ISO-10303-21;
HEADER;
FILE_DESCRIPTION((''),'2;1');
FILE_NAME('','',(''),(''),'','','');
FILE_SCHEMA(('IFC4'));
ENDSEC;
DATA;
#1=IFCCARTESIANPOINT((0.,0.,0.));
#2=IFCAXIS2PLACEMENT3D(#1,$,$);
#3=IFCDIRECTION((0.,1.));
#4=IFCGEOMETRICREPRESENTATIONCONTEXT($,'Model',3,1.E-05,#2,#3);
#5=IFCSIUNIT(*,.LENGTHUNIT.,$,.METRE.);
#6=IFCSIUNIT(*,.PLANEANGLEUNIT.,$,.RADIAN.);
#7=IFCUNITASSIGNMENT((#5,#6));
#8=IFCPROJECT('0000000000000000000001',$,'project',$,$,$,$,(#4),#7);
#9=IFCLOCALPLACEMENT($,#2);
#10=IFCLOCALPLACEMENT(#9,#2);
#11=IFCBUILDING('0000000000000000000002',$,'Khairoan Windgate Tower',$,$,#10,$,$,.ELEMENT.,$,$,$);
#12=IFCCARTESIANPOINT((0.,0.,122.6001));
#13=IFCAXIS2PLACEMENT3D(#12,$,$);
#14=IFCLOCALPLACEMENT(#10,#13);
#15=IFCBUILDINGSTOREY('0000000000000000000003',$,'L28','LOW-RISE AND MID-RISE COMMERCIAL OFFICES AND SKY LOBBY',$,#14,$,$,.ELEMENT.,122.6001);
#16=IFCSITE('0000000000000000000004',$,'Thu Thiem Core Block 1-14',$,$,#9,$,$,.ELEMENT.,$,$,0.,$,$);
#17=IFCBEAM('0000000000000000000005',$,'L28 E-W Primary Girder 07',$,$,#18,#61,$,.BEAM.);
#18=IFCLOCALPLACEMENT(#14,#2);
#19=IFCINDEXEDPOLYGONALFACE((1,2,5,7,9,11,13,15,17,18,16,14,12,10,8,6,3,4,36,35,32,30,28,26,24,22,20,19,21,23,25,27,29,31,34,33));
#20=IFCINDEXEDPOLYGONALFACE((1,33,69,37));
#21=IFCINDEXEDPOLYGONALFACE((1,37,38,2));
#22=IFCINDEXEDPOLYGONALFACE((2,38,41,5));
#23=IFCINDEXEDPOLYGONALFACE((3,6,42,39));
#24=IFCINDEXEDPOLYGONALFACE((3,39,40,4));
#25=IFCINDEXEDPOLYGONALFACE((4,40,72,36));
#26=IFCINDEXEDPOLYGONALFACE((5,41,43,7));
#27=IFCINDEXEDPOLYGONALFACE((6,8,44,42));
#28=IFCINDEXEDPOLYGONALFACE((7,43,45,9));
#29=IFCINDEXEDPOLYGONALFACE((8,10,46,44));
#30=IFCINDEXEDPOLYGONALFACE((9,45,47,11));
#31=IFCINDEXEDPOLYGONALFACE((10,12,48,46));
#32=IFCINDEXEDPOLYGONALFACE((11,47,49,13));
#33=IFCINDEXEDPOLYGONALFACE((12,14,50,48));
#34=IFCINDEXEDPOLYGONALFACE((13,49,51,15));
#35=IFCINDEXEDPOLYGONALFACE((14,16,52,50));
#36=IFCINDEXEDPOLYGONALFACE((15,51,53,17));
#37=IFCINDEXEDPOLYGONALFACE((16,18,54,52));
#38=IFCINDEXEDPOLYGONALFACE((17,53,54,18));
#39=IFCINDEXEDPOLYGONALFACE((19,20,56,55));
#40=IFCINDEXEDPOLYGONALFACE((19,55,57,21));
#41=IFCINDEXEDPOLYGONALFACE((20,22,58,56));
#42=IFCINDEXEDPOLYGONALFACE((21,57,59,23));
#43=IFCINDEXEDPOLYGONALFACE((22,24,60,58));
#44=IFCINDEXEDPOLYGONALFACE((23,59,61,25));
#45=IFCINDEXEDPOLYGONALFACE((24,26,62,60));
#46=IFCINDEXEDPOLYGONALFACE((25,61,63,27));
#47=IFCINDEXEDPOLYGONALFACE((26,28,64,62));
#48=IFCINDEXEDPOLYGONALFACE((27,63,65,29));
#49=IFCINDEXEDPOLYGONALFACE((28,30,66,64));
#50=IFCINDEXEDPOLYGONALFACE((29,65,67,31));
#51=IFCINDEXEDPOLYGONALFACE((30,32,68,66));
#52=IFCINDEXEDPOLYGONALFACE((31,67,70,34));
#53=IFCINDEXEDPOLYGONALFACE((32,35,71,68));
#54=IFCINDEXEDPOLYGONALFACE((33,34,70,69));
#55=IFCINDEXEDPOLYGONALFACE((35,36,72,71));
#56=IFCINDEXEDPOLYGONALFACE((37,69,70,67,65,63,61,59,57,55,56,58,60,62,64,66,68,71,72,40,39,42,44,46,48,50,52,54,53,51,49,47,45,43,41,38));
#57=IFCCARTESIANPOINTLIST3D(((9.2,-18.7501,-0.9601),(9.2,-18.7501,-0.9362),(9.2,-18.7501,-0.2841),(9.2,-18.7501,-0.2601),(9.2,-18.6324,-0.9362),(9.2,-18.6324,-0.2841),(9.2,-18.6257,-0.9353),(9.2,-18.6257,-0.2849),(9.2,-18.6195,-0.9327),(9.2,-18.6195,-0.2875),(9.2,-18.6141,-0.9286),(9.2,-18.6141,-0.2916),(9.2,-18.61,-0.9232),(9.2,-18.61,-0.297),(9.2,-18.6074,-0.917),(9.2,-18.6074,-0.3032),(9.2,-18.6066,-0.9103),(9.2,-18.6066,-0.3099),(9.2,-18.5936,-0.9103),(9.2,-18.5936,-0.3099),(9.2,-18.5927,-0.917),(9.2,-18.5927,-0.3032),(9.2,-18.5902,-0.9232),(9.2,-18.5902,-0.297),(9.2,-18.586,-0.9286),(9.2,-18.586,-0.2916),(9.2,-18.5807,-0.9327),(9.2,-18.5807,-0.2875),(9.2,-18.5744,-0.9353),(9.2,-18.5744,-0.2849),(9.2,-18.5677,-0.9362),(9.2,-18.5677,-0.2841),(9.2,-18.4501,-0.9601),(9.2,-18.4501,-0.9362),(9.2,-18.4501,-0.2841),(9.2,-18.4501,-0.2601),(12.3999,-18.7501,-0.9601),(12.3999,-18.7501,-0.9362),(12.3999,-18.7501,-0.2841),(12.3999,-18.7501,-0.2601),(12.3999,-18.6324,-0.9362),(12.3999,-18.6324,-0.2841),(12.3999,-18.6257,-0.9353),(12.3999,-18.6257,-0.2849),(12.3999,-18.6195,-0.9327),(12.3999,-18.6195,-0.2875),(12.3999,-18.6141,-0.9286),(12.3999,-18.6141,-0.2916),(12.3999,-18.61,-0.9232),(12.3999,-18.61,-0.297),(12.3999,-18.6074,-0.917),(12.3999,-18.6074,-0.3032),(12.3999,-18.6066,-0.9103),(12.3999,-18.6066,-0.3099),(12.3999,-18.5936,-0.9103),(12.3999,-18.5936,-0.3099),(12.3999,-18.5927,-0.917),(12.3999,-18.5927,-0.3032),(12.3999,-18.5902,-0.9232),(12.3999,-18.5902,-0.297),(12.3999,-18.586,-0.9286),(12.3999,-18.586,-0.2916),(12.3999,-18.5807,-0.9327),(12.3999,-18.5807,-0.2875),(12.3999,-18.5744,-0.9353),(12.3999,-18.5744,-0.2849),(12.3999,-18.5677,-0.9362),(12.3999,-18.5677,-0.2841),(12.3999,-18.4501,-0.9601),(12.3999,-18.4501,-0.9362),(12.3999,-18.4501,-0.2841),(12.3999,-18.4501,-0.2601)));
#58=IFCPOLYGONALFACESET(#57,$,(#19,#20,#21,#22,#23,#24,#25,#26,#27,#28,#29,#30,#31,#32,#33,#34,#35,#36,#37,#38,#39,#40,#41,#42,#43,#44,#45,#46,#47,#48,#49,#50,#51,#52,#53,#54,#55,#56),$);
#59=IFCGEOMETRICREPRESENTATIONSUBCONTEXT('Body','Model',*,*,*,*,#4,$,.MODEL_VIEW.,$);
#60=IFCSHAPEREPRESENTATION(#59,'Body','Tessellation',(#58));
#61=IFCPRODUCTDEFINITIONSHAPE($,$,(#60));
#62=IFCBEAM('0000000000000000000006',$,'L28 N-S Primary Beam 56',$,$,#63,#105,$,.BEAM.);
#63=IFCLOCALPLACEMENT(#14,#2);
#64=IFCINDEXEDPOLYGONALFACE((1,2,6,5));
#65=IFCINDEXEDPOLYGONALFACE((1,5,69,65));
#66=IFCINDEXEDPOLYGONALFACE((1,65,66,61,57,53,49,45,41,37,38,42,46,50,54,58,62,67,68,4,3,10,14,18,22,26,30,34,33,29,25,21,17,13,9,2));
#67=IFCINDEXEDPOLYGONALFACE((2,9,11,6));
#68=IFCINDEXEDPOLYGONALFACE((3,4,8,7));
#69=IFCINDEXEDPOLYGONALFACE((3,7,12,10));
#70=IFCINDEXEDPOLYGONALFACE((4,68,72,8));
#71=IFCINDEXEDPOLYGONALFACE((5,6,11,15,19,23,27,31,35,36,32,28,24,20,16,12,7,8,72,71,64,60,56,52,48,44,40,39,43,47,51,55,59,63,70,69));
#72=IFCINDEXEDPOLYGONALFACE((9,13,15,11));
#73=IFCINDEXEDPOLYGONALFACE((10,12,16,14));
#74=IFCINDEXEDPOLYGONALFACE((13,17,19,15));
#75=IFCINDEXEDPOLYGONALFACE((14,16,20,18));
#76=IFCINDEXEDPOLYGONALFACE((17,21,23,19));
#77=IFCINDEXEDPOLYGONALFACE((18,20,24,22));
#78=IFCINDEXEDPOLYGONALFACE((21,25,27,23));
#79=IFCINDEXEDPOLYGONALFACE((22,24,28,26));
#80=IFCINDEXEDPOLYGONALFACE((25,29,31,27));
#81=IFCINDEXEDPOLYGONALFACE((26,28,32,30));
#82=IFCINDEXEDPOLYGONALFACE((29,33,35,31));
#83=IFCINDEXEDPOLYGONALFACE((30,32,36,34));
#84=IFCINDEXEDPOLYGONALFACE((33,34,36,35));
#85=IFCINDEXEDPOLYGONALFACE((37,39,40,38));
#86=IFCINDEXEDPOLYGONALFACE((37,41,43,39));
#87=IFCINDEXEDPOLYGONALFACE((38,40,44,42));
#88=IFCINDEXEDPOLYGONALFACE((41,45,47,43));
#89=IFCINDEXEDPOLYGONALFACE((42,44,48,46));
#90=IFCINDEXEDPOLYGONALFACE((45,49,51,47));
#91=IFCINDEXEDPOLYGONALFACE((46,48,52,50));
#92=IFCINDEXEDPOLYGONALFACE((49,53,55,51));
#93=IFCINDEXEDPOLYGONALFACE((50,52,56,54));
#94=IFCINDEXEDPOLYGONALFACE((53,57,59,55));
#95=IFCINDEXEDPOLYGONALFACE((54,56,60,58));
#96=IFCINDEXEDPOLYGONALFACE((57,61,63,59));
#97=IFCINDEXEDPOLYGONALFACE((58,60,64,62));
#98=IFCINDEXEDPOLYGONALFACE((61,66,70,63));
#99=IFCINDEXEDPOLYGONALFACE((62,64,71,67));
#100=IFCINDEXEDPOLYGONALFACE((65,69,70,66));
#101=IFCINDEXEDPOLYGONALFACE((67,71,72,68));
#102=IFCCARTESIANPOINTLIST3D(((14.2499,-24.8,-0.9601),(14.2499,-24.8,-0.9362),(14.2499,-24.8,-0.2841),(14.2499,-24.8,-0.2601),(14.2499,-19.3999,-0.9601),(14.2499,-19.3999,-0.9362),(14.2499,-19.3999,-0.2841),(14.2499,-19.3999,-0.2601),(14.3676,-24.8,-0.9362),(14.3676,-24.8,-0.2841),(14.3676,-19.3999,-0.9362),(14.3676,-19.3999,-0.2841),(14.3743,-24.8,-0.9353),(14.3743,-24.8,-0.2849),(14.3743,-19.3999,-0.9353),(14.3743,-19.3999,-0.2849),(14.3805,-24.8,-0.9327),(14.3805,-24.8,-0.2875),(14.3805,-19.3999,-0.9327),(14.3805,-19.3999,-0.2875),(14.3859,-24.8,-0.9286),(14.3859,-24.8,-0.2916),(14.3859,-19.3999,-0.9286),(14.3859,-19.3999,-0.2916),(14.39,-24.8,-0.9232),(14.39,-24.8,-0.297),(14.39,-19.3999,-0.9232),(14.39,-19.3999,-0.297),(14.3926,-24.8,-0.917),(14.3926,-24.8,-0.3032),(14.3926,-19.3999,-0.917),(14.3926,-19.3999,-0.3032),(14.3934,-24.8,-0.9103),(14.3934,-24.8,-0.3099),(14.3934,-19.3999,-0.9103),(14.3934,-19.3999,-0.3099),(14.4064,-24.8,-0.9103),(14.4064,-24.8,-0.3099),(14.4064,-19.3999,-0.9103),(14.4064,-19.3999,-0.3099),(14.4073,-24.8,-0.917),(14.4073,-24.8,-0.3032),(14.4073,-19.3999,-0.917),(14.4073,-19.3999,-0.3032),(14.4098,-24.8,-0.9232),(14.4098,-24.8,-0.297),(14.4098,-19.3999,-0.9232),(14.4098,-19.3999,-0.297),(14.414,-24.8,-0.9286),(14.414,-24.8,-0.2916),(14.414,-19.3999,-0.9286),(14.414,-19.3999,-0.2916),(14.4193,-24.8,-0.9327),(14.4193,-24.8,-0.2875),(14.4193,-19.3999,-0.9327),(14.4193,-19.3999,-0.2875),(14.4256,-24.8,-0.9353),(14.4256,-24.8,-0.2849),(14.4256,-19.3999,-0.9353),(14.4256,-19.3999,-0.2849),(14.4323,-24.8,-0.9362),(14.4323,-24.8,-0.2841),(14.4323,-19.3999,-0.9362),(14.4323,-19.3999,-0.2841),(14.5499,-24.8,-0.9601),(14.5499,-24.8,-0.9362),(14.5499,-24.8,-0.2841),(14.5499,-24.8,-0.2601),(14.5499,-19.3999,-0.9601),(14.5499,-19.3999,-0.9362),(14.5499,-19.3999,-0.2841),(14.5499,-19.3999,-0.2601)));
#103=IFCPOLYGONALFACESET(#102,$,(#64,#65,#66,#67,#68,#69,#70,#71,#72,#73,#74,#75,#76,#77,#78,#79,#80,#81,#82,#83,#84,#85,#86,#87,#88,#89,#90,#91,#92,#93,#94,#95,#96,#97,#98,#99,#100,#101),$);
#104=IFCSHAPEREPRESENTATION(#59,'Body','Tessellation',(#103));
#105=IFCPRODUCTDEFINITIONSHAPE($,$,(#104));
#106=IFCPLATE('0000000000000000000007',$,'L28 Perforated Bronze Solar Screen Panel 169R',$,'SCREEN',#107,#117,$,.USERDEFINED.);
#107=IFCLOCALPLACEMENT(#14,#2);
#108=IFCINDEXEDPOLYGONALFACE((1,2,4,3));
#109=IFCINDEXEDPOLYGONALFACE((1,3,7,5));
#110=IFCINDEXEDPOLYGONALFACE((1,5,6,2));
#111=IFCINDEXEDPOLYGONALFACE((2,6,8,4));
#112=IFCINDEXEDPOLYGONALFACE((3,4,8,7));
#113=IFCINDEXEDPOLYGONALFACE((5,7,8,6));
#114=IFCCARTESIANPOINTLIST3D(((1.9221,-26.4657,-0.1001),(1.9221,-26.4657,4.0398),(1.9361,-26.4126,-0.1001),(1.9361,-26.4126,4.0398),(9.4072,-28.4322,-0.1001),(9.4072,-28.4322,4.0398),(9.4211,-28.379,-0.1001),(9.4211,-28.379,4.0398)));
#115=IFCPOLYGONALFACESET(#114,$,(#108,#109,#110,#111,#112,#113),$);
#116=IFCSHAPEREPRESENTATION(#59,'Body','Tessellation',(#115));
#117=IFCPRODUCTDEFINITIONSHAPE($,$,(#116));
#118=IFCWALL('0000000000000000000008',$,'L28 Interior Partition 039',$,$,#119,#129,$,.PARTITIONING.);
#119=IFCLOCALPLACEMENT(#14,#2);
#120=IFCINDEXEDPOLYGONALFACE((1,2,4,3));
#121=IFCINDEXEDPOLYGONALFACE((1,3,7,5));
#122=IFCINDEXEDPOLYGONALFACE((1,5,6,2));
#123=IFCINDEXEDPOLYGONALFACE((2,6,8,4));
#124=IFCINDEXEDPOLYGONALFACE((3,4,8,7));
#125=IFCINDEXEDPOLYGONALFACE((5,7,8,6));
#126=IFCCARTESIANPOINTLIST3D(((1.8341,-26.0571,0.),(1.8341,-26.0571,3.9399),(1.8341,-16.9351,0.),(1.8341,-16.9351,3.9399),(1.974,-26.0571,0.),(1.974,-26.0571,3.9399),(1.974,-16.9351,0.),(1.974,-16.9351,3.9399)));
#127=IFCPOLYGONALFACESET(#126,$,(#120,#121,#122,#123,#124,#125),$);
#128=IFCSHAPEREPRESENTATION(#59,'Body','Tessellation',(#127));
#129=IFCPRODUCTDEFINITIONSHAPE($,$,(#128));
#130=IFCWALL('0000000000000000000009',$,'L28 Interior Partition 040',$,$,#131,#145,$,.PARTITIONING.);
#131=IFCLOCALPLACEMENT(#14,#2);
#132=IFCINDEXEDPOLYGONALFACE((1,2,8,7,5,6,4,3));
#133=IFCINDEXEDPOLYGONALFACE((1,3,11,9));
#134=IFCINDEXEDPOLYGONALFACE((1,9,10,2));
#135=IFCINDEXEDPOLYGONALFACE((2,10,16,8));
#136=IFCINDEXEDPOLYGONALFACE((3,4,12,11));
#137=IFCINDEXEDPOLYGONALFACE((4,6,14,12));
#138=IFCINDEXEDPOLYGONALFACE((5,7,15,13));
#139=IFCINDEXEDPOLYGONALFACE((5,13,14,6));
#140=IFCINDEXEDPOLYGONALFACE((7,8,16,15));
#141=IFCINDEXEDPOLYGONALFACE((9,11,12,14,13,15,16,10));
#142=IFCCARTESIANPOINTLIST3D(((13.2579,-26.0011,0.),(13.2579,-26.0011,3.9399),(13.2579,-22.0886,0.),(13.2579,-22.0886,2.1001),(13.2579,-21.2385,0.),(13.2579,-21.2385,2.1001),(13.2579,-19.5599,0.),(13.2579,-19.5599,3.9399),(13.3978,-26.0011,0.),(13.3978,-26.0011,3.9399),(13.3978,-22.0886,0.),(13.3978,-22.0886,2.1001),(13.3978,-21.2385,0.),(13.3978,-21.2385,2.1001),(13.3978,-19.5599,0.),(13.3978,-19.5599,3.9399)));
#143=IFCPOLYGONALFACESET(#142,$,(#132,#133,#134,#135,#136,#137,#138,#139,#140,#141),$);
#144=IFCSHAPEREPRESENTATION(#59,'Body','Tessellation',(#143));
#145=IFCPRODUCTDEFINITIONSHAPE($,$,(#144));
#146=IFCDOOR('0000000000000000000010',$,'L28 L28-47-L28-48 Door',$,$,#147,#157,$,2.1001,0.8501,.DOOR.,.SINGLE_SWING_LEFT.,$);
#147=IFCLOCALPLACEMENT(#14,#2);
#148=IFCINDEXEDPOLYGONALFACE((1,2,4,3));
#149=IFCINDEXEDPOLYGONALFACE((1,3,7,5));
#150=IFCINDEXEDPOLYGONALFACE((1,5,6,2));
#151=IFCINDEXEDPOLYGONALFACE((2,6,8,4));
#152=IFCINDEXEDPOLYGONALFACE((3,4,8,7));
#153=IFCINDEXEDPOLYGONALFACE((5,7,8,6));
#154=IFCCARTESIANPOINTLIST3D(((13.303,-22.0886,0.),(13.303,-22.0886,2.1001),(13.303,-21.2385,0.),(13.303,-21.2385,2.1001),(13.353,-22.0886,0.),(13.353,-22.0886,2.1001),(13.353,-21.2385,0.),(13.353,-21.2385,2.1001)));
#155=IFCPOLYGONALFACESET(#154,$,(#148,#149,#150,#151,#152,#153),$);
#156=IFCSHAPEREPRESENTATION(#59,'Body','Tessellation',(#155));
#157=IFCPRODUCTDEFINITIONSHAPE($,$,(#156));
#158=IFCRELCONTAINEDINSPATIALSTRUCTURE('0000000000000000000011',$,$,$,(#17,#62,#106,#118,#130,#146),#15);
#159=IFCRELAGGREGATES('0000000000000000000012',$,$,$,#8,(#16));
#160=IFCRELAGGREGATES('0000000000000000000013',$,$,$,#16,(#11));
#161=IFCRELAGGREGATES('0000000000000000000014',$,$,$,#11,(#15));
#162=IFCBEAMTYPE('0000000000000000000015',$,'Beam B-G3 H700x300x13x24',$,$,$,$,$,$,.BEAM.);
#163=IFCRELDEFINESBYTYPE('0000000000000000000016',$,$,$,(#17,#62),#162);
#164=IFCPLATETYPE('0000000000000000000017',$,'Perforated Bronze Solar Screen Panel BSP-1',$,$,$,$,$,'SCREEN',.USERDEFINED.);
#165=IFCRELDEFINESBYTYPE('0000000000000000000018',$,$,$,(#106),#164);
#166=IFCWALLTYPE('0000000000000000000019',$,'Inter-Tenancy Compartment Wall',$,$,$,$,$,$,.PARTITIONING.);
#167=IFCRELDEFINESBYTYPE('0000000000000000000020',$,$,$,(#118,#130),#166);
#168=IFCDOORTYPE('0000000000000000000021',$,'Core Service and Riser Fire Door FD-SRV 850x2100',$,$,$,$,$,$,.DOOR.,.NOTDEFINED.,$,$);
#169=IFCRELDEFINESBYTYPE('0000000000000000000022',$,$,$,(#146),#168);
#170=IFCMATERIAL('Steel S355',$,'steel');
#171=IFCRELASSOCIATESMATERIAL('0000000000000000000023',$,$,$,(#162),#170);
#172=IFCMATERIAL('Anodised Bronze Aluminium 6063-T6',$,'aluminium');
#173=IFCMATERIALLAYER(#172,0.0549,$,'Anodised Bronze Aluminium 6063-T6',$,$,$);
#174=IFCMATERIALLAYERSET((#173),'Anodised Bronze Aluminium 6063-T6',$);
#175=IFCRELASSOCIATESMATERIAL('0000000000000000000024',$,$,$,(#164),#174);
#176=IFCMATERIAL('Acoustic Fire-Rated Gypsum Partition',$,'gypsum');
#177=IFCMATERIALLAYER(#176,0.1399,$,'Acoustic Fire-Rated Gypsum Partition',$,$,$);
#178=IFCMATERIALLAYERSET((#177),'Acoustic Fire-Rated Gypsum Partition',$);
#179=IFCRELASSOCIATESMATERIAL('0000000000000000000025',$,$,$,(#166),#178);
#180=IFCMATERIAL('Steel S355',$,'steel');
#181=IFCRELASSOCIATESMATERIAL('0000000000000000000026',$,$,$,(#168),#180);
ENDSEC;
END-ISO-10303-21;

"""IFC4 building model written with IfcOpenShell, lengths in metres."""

from ifc_helpers import new_model, si_unit, direction, frame, frame_2d, origin, origin_2d, place, context, subcontext, project, spatial, rectangle, i_section, extrude, material, layer, layer_set, material_profile, profile_set, type_object, element, fill, save


model = new_model("IFC4")

# Units and contexts
model_context = context("Model", 3, precision=1e-05, world=origin(), true_north=direction((0.0, 1.0)))
body_context = subcontext(model_context, "Body", "Model", "MODEL_VIEW")
ifc_project = project(units=[si_unit("LENGTHUNIT", "METRE"), si_unit("PLANEANGLEUNIT", "RADIAN")], contexts=[model_context])

# Site, building, storey
site_placement = place(None, origin())
site = spatial("IfcSite", under=ifc_project, at=site_placement, Name="Thu Thiem Core Block 1-14", CompositionType="ELEMENT", RefElevation=0.0)
building_placement = place(site_placement, origin())
building = spatial("IfcBuilding", under=site, at=building_placement, Name="Khairoan Windgate Tower", CompositionType="ELEMENT")
storey_placement = place(building_placement, frame((0.0, 0.0, 122.6001)))
storey = spatial("IfcBuildingStorey", under=building, at=storey_placement, Name="L28", Description="LOW-RISE AND MID-RISE COMMERCIAL OFFICES AND SKY LOBBY", CompositionType="ELEMENT", Elevation=122.6001)

# Beams
ifc_material_1 = material(Name="Steel S355", Category="steel")
ifc_material_profile_1 = material_profile(ifc_material_1, i_section(OverallWidth=0.3, OverallDepth=0.7, WebThickness=0.0129, FlangeThickness=0.0239, FilletRadius=0.0259, at=origin_2d()))
ifc_profile_set_1 = profile_set([ifc_material_profile_1], Name="Steel S355")
beam_type = type_object("IfcBeamType", Name="Beam B-G3 H700x300x13x24", PredefinedType="BEAM", material=ifc_profile_set_1)
beam_1_placement = place(storey_placement, frame((9.2, -18.6001, -0.6101), z_axis=(1.0, 0.0, 0.0), x_axis=(0.0, 1.0, 0.0)))
element("IfcBeam", 1, at=beam_1_placement, inside=storey, type_object=beam_type, Name="L28 E-W Primary Girder 07", PredefinedType="BEAM", context=body_context, shape_type="SweptSolid", body=[
    extrude(i_section(OverallWidth=0.3, OverallDepth=0.7, WebThickness=0.0129, FlangeThickness=0.0239, FilletRadius=0.0259, at=origin_2d()), origin(), (0.0, 0.0, 1.0), 3.2),
])
beam_2_placement = place(storey_placement, frame((14.3999, -24.8, -0.6101), z_axis=(0.0, 1.0, 0.0), x_axis=(-1.0, 0.0, 0.0)))
element("IfcBeam", 2, at=beam_2_placement, inside=storey, type_object=beam_type, Name="L28 N-S Primary Beam 56", PredefinedType="BEAM", context=body_context, shape_type="SweptSolid", body=[
    extrude(i_section(OverallWidth=0.3, OverallDepth=0.7, WebThickness=0.0129, FlangeThickness=0.0239, FilletRadius=0.0259, at=origin_2d()), origin(), (0.0, 0.0, 1.0), 5.4001),
])

# Plate
ifc_material_2 = material(Name="Anodised Bronze Aluminium 6063-T6", Category="aluminium")
ifc_layer_1 = layer(ifc_material_2, 0.0549, Name="Anodised Bronze Aluminium 6063-T6")
ifc_layer_set_1 = layer_set([ifc_layer_1], Name="Anodised Bronze Aluminium 6063-T6")
plate_type = type_object("IfcPlateType", Name="Perforated Bronze Solar Screen Panel BSP-1", ElementType="SCREEN", PredefinedType="USERDEFINED", material=ifc_layer_set_1)
plate_placement = place(storey_placement, frame((5.6716, -27.4224, -0.1001), z_axis=(0.0, 0.0, 1.0), x_axis=(-0.967179, 0.254096, 0.0)))
element("IfcPlate", 3, at=plate_placement, inside=storey, type_object=plate_type, Name="L28 Perforated Bronze Solar Screen Panel 169R", ObjectType="SCREEN", PredefinedType="USERDEFINED", context=body_context, shape_type="SweptSolid", body=[
    extrude(rectangle(XDim=7.739, YDim=0.0549, at=origin_2d()), origin(), (0.0, 0.0, 1.0), 4.1399),
])

# Wall
ifc_material_3 = material(Name="Acoustic Fire-Rated Gypsum Partition", Category="gypsum")
ifc_layer_2 = layer(ifc_material_3, 0.1399, Name="Acoustic Fire-Rated Gypsum Partition")
ifc_layer_set_2 = layer_set([ifc_layer_2], Name="Acoustic Fire-Rated Gypsum Partition")
wall_type_1 = type_object("IfcWallType", Name="Inter-Tenancy Compartment Wall", PredefinedType="PARTITIONING", material=ifc_layer_set_2)
wall_1_placement = place(storey_placement, frame((1.9041, -26.0571, 0.0), z_axis=(0.0, 0.0, 1.0), x_axis=(0.0, 1.0, 0.0)))
element("IfcWall", 4, at=wall_1_placement, inside=storey, type_object=wall_type_1, Name="L28 Interior Partition 039", PredefinedType="PARTITIONING", context=body_context, shape_type="SweptSolid", body=[
    extrude(rectangle(XDim=9.1221, YDim=0.1399, at=frame_2d((4.561, 0.0))), origin(), (0.0, 0.0, 1.0), 3.9399),
])

# Wall, opening, door
wall_2_placement = place(storey_placement, frame((13.3279, -26.0012, 0.0), z_axis=(0.0, 0.0, 1.0), x_axis=(0.0, 1.0, 0.0)))
wall_2 = element("IfcWall", 5, at=wall_2_placement, inside=storey, type_object=wall_type_1, Name="L28 Interior Partition 040", PredefinedType="PARTITIONING", context=body_context, shape_type="SweptSolid", body=[
    extrude(rectangle(XDim=6.4412, YDim=0.1399, at=frame_2d((3.2207, 0.0))), origin(), (0.0, 0.0, 1.0), 3.9399),
])
opening_1_placement = place(wall_2_placement, frame((3.9126, 0.0, 0.0)))
opening_1 = element("IfcOpeningElement", 6, at=opening_1_placement, cuts=wall_2, PredefinedType="OPENING", context=body_context, shape_type="SweptSolid", body=[
    extrude(rectangle(XDim=0.8501, YDim=2.1001, at=frame_2d((0.425, 1.05))), frame((0.0, 0.0798, 0.0), z_axis=(0.0, -1.0, 0.0), x_axis=(1.0, 0.0, 0.0)), (0.0, 0.0, 1.0), 0.1599),
])
ifc_material_4 = material(Name="Steel S355", Category="steel")
door_type_1 = type_object("IfcDoorType", Name="Core Service and Riser Fire Door FD-SRV 850x2100", OperationType="NOTDEFINED", PredefinedType="DOOR", material=ifc_material_4)
door_1_placement = place(opening_1_placement, origin())
door_1 = element("IfcDoor", 7, at=door_1_placement, inside=storey, type_object=door_type_1, Name="L28 L28-47-L28-48 Door", OperationType="SINGLE_SWING_LEFT", OverallHeight=2.1001, OverallWidth=0.8501, PredefinedType="DOOR", context=body_context, shape_type="SweptSolid", body=[
    extrude(rectangle(XDim=0.8501, YDim=2.1001, at=frame_2d((0.425, 1.05))), frame((0.0, 0.0249, 0.0), z_axis=(0.0, -1.0, 0.0), x_axis=(1.0, 0.0, 0.0)), (0.0, 0.0, 1.0), 0.05),
])
fill(opening_1, door_1)

save(model, "model.ifc")
